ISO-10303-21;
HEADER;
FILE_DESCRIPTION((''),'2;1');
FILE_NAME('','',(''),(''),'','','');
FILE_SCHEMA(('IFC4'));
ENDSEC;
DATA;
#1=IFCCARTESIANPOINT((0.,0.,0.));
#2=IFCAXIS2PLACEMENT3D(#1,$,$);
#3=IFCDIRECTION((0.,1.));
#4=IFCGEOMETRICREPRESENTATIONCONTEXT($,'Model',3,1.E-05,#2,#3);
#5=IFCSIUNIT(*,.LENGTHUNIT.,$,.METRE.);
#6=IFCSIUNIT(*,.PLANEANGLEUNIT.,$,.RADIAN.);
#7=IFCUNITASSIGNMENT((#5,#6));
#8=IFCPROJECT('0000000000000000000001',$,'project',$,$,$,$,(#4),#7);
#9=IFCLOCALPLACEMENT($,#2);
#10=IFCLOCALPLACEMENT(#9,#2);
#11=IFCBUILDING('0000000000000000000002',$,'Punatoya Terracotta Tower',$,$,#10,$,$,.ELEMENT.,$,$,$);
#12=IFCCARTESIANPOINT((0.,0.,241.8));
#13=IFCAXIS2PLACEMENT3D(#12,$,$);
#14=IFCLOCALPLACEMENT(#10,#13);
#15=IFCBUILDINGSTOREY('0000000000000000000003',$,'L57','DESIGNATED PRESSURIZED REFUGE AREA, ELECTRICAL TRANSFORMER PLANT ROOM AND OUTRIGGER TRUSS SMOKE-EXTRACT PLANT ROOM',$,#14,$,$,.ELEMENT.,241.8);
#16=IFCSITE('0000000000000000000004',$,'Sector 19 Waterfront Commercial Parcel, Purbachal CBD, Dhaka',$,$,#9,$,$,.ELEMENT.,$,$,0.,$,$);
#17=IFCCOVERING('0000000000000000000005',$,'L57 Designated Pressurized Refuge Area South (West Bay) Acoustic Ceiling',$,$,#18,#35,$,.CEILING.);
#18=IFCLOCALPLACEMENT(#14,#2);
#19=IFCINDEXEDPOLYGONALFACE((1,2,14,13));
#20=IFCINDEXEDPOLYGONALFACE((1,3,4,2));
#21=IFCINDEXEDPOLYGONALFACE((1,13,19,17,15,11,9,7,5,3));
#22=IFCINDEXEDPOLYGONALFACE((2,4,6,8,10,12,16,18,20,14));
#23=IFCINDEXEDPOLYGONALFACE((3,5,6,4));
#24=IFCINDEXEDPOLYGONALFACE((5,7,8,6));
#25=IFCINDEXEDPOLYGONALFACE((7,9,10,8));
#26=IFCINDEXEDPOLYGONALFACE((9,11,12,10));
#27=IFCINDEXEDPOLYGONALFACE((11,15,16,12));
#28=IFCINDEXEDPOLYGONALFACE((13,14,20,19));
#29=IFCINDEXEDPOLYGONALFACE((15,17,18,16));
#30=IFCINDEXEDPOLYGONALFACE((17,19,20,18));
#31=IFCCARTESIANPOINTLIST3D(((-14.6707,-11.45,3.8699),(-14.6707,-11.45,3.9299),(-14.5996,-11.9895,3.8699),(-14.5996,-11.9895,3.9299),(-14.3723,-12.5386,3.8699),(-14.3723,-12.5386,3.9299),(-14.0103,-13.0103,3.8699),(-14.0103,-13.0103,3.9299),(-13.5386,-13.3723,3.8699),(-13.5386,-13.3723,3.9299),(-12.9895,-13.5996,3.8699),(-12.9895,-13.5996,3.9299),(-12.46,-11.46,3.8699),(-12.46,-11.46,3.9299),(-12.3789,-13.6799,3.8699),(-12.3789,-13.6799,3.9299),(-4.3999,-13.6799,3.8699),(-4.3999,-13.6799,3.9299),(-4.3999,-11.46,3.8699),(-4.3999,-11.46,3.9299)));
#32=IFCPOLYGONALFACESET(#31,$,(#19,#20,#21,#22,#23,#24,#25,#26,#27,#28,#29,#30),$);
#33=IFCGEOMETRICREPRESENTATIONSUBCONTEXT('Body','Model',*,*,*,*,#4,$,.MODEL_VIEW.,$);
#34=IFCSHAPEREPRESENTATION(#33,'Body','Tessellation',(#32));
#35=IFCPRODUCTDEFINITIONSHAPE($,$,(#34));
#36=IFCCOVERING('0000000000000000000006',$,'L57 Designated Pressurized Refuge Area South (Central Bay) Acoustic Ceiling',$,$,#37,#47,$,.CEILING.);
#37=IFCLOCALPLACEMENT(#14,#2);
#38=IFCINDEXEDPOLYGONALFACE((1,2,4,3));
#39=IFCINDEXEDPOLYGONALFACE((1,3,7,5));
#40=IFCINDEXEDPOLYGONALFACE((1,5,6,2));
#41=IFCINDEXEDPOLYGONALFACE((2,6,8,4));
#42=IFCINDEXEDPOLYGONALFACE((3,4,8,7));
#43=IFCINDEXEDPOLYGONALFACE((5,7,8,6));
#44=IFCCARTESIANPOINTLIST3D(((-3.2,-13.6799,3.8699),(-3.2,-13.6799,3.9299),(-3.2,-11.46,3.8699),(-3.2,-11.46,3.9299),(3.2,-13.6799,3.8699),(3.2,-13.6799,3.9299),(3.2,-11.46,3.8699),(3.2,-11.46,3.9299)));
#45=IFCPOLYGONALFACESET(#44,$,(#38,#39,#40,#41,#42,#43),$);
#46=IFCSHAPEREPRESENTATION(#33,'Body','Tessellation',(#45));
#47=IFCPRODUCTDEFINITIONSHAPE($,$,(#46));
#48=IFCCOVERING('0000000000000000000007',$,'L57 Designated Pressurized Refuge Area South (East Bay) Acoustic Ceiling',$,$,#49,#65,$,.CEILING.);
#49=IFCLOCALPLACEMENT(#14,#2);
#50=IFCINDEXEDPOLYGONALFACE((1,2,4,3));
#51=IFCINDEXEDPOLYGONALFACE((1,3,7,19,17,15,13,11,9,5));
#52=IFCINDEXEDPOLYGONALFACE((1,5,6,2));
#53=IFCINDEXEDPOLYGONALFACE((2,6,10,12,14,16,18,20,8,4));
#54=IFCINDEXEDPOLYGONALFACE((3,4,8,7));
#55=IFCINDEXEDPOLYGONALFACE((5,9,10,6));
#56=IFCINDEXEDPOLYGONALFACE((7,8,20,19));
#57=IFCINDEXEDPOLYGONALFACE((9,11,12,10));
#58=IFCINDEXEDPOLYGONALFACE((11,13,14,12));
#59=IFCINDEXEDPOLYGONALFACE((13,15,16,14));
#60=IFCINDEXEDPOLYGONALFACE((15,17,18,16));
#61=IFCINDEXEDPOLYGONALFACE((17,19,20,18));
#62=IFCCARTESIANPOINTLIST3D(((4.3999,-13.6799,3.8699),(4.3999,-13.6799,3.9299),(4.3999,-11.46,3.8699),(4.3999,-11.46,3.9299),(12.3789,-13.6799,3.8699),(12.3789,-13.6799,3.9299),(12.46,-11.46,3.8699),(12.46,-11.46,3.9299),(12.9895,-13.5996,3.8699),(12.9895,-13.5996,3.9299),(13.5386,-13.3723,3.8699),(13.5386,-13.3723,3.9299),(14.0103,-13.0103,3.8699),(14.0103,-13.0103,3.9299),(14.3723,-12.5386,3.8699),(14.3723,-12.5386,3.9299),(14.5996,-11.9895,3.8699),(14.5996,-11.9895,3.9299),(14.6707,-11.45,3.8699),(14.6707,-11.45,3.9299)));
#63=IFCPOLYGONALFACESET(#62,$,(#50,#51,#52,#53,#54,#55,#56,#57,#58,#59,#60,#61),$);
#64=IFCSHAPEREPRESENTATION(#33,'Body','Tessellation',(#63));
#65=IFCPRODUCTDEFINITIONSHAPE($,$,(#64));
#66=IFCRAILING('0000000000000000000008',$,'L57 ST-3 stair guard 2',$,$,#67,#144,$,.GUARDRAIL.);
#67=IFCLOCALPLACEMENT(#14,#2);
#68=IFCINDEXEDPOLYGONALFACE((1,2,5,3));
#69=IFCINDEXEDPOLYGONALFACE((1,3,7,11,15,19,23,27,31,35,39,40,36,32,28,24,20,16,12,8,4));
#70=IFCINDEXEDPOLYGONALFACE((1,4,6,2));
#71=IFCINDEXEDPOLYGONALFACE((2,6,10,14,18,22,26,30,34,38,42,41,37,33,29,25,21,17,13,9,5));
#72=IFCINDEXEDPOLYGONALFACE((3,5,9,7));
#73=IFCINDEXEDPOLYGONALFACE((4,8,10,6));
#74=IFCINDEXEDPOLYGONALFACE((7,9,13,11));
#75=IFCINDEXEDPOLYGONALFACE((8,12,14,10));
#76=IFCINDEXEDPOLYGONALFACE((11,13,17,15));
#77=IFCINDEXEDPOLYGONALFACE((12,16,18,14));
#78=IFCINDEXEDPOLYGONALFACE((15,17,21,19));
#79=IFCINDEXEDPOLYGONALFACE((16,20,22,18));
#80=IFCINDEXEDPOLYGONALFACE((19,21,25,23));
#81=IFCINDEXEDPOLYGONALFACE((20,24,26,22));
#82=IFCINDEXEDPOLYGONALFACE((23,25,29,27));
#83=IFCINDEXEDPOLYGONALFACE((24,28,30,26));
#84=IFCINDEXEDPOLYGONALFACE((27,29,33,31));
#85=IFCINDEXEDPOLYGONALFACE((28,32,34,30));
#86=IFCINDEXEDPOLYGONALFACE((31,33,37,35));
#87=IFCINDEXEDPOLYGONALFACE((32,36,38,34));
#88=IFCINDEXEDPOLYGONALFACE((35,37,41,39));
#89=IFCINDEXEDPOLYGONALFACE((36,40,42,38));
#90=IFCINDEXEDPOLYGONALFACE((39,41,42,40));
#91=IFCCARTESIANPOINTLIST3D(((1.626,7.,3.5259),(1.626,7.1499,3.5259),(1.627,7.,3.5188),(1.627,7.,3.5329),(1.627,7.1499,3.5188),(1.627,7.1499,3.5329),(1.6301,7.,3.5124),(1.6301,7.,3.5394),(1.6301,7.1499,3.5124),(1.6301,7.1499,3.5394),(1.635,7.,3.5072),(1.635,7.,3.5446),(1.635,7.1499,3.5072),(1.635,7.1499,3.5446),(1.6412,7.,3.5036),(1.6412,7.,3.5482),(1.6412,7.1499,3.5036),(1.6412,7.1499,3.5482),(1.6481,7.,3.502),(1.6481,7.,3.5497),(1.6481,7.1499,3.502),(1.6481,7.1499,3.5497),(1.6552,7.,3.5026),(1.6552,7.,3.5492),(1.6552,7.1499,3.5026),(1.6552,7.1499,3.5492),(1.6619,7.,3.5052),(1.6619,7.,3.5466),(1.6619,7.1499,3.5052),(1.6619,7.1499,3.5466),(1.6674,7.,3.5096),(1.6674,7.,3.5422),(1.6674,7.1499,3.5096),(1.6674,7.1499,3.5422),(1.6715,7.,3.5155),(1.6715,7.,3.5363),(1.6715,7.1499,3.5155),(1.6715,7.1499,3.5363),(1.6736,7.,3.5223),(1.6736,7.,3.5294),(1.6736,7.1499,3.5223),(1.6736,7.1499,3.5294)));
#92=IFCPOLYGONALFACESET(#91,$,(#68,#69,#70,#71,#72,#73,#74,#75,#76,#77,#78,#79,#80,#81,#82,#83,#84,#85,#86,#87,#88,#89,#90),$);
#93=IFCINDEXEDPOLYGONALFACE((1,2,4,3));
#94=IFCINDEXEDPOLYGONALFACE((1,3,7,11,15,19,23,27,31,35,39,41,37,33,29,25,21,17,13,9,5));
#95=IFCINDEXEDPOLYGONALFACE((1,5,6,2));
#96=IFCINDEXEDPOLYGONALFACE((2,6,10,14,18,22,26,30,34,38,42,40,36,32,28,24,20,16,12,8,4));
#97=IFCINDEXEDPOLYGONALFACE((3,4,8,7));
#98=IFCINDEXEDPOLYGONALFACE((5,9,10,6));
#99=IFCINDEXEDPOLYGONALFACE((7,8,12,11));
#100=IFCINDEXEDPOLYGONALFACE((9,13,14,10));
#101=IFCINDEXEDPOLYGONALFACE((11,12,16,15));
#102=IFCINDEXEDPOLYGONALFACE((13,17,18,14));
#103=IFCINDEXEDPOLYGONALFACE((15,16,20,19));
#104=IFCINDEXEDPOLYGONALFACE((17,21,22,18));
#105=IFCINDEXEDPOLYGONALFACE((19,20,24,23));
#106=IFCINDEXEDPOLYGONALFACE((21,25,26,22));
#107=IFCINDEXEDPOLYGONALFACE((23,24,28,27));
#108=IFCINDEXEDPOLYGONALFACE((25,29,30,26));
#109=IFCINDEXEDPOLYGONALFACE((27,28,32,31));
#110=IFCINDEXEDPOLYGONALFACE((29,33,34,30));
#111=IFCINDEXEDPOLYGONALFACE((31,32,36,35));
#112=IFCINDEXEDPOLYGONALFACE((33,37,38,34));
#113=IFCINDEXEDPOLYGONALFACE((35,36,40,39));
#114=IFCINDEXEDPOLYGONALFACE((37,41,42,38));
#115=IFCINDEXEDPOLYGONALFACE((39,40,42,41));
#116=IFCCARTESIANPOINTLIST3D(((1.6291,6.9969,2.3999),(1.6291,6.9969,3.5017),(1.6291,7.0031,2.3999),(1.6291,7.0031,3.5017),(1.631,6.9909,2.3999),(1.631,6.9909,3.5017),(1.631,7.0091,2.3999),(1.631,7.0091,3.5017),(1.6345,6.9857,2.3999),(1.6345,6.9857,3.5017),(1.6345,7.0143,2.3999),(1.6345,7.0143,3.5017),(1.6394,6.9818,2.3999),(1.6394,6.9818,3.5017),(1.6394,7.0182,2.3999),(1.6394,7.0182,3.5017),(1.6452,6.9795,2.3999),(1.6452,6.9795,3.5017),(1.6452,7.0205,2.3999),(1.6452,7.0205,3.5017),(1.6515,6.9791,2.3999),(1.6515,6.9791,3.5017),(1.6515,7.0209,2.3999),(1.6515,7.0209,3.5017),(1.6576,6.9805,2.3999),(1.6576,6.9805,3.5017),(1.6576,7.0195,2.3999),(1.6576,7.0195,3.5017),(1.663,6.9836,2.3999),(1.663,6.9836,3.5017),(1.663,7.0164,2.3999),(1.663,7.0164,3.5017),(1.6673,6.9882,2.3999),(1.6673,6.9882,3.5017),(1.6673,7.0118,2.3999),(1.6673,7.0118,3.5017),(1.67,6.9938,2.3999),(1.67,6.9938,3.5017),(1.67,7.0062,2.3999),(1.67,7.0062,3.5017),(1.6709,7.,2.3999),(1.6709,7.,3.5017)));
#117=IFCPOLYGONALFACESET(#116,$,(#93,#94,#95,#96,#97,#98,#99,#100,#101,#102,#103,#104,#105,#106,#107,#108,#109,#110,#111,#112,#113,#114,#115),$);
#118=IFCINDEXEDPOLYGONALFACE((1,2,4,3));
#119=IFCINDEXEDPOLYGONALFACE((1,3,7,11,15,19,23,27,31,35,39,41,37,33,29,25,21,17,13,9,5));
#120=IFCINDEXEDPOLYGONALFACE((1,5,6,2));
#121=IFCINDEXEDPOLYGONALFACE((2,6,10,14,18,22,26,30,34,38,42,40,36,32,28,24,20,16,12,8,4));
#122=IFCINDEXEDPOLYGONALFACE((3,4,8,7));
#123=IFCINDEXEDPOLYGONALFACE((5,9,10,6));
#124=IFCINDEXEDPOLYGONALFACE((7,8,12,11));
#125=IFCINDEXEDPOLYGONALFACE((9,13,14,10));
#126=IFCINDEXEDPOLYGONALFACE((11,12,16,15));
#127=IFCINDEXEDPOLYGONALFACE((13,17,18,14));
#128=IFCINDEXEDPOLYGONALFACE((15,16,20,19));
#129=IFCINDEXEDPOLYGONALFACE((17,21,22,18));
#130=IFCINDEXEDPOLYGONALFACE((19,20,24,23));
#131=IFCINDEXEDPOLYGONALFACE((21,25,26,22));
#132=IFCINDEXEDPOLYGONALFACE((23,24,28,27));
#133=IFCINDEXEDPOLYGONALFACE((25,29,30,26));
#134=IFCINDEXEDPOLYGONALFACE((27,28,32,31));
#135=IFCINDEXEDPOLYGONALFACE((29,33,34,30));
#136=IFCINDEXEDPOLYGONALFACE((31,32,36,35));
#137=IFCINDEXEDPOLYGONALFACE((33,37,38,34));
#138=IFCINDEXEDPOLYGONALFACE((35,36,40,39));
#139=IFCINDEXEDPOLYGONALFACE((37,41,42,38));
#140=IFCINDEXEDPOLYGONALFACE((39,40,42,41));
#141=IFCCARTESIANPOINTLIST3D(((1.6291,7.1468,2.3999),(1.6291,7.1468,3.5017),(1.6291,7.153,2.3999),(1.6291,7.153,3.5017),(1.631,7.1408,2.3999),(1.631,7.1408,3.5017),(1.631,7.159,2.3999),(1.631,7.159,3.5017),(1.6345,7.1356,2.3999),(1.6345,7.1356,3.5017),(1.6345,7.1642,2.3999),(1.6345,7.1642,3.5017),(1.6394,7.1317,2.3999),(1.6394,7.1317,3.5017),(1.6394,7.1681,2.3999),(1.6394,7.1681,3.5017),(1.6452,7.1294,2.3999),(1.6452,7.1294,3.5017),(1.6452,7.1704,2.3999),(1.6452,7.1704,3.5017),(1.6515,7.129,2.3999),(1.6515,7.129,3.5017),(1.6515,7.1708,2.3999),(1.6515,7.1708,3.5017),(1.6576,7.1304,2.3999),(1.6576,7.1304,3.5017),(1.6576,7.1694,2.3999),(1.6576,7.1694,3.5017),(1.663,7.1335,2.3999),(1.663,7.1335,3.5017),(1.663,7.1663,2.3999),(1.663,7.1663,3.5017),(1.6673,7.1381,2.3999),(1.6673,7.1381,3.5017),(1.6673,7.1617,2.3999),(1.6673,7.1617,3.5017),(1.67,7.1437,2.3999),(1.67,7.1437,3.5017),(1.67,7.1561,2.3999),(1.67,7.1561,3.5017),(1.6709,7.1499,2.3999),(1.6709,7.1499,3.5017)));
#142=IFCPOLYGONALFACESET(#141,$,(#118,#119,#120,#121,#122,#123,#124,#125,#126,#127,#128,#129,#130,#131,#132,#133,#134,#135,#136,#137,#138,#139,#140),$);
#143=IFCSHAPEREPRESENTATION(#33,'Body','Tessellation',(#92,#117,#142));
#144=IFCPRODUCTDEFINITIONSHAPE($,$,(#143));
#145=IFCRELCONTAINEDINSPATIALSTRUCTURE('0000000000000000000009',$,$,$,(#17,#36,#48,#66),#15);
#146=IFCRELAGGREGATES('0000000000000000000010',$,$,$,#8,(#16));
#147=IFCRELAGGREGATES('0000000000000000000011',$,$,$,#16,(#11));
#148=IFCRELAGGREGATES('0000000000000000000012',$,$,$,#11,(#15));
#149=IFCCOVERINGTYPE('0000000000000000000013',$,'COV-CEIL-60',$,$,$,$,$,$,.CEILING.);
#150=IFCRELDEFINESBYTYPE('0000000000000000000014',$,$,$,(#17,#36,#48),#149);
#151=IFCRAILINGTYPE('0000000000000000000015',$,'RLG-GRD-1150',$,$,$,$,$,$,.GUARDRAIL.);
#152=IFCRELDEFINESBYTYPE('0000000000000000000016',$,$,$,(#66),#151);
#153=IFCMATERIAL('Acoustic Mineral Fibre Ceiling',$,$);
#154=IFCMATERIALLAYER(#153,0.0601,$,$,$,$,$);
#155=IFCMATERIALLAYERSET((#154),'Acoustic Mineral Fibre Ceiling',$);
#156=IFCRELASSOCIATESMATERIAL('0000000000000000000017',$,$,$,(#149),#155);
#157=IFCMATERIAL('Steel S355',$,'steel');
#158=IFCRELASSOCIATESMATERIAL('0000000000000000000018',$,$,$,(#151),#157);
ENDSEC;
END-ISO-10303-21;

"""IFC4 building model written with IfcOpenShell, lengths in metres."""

from ifc_helpers import new_model, si_unit, direction, frame, origin, origin_2d, place, context, subcontext, project, spatial, polyline, circle, outline, extrude, material, layer, layer_set, type_object, element, save


model = new_model("IFC4")

# Units and contexts
model_context = context("Model", 3, precision=1e-05, world=origin(), true_north=direction((0.0, 1.0)))
body_context = subcontext(model_context, "Body", "Model", "MODEL_VIEW")
ifc_project = project(units=[si_unit("LENGTHUNIT", "METRE"), si_unit("PLANEANGLEUNIT", "RADIAN")], contexts=[model_context])

# Site, building, storey
site_placement = place(None, origin())
site = spatial("IfcSite", under=ifc_project, at=site_placement, Name="Sector 19 Waterfront Commercial Parcel, Purbachal CBD, Dhaka", CompositionType="ELEMENT", RefElevation=0.0)
building_placement = place(site_placement, origin())
building = spatial("IfcBuilding", under=site, at=building_placement, Name="Punatoya Terracotta Tower", CompositionType="ELEMENT")
storey_placement = place(building_placement, frame((0.0, 0.0, 241.8)))
storey = spatial("IfcBuildingStorey", under=building, at=storey_placement, Name="L57", Description="DESIGNATED PRESSURIZED REFUGE AREA, ELECTRICAL TRANSFORMER PLANT ROOM AND OUTRIGGER TRUSS SMOKE-EXTRACT PLANT ROOM", CompositionType="ELEMENT", Elevation=241.8)

# Shared definitions
ifc_material_1 = material(Name="Steel S355", Category="steel")

# Coverings
ifc_material_2 = material(Name="Acoustic Mineral Fibre Ceiling")
ifc_layer_1 = layer(ifc_material_2, 0.0601)
ifc_layer_set_1 = layer_set([ifc_layer_1], Name="Acoustic Mineral Fibre Ceiling")
covering_type = type_object("IfcCoveringType", Name="COV-CEIL-60", PredefinedType="CEILING", material=ifc_layer_set_1)
covering_1_placement = place(storey_placement, frame((0.0, 0.0, 3.8699)))
element("IfcCovering", 1, at=covering_1_placement, inside=storey, type_object=covering_type, Name="L57 Designated Pressurized Refuge Area South (West Bay) Acoustic Ceiling", PredefinedType="CEILING", context=body_context, shape_type="SweptSolid", body=[
    extrude(outline(polyline([(-12.46, -11.46), (-14.6707, -11.45), (-14.5996, -11.9895), (-14.3723, -12.5386), (-14.0103, -13.0103), (-13.5386, -13.3723), (-12.9895, -13.5996), (-12.3789, -13.6799), (-4.3999, -13.6799), (-4.3999, -11.46), (-12.46, -11.46)])), origin(), (0.0, 0.0, 1.0), 0.0601),
])
covering_2_placement = place(storey_placement, frame((0.0, 0.0, 3.8699)))
element("IfcCovering", 2, at=covering_2_placement, inside=storey, type_object=covering_type, Name="L57 Designated Pressurized Refuge Area South (Central Bay) Acoustic Ceiling", PredefinedType="CEILING", context=body_context, shape_type="SweptSolid", body=[
    extrude(outline(polyline([(-3.2, -11.46), (-3.2, -13.6799), (3.2, -13.6799), (3.2, -11.46), (-3.2, -11.46)])), origin(), (0.0, 0.0, 1.0), 0.0601),
])
covering_3_placement = place(storey_placement, frame((0.0, 0.0, 3.8699)))
element("IfcCovering", 3, at=covering_3_placement, inside=storey, type_object=covering_type, Name="L57 Designated Pressurized Refuge Area South (East Bay) Acoustic Ceiling", PredefinedType="CEILING", context=body_context, shape_type="SweptSolid", body=[
    extrude(outline(polyline([(12.46, -11.46), (4.3999, -11.46), (4.3999, -13.6799), (12.3789, -13.6799), (12.9895, -13.5996), (13.5386, -13.3723), (14.0103, -13.0103), (14.3723, -12.5386), (14.5996, -11.9895), (14.6707, -11.45), (12.46, -11.46)])), origin(), (0.0, 0.0, 1.0), 0.0601),
])

# Railing
railing_type_1 = type_object("IfcRailingType", Name="RLG-GRD-1150", PredefinedType="GUARDRAIL", material=ifc_material_1)
railing_1_placement = place(storey_placement, frame((1.6499, 7.0, 2.3999)))
element("IfcRailing", 4, at=railing_1_placement, inside=storey, type_object=railing_type_1, Name="L57 ST-3 stair guard 2", PredefinedType="GUARDRAIL", context=body_context, shape_type="SweptSolid", body=[
    extrude(circle(Radius=0.0239, at=origin_2d()), frame((0.0, 0.0, 1.126), z_axis=(0.0, 1.0, 0.0), x_axis=(-1.0, 0.0, 0.0)), (0.0, 0.0, 1.0), 0.1499),
    extrude(circle(Radius=0.021, at=origin_2d()), origin(), (0.0, 0.0, 1.0), 1.1018),
    extrude(circle(Radius=0.021, at=origin_2d()), frame((0.0, 0.1499, 0.0)), (0.0, 0.0, 1.0), 1.1018),
])

save(model, "model.ifc")
